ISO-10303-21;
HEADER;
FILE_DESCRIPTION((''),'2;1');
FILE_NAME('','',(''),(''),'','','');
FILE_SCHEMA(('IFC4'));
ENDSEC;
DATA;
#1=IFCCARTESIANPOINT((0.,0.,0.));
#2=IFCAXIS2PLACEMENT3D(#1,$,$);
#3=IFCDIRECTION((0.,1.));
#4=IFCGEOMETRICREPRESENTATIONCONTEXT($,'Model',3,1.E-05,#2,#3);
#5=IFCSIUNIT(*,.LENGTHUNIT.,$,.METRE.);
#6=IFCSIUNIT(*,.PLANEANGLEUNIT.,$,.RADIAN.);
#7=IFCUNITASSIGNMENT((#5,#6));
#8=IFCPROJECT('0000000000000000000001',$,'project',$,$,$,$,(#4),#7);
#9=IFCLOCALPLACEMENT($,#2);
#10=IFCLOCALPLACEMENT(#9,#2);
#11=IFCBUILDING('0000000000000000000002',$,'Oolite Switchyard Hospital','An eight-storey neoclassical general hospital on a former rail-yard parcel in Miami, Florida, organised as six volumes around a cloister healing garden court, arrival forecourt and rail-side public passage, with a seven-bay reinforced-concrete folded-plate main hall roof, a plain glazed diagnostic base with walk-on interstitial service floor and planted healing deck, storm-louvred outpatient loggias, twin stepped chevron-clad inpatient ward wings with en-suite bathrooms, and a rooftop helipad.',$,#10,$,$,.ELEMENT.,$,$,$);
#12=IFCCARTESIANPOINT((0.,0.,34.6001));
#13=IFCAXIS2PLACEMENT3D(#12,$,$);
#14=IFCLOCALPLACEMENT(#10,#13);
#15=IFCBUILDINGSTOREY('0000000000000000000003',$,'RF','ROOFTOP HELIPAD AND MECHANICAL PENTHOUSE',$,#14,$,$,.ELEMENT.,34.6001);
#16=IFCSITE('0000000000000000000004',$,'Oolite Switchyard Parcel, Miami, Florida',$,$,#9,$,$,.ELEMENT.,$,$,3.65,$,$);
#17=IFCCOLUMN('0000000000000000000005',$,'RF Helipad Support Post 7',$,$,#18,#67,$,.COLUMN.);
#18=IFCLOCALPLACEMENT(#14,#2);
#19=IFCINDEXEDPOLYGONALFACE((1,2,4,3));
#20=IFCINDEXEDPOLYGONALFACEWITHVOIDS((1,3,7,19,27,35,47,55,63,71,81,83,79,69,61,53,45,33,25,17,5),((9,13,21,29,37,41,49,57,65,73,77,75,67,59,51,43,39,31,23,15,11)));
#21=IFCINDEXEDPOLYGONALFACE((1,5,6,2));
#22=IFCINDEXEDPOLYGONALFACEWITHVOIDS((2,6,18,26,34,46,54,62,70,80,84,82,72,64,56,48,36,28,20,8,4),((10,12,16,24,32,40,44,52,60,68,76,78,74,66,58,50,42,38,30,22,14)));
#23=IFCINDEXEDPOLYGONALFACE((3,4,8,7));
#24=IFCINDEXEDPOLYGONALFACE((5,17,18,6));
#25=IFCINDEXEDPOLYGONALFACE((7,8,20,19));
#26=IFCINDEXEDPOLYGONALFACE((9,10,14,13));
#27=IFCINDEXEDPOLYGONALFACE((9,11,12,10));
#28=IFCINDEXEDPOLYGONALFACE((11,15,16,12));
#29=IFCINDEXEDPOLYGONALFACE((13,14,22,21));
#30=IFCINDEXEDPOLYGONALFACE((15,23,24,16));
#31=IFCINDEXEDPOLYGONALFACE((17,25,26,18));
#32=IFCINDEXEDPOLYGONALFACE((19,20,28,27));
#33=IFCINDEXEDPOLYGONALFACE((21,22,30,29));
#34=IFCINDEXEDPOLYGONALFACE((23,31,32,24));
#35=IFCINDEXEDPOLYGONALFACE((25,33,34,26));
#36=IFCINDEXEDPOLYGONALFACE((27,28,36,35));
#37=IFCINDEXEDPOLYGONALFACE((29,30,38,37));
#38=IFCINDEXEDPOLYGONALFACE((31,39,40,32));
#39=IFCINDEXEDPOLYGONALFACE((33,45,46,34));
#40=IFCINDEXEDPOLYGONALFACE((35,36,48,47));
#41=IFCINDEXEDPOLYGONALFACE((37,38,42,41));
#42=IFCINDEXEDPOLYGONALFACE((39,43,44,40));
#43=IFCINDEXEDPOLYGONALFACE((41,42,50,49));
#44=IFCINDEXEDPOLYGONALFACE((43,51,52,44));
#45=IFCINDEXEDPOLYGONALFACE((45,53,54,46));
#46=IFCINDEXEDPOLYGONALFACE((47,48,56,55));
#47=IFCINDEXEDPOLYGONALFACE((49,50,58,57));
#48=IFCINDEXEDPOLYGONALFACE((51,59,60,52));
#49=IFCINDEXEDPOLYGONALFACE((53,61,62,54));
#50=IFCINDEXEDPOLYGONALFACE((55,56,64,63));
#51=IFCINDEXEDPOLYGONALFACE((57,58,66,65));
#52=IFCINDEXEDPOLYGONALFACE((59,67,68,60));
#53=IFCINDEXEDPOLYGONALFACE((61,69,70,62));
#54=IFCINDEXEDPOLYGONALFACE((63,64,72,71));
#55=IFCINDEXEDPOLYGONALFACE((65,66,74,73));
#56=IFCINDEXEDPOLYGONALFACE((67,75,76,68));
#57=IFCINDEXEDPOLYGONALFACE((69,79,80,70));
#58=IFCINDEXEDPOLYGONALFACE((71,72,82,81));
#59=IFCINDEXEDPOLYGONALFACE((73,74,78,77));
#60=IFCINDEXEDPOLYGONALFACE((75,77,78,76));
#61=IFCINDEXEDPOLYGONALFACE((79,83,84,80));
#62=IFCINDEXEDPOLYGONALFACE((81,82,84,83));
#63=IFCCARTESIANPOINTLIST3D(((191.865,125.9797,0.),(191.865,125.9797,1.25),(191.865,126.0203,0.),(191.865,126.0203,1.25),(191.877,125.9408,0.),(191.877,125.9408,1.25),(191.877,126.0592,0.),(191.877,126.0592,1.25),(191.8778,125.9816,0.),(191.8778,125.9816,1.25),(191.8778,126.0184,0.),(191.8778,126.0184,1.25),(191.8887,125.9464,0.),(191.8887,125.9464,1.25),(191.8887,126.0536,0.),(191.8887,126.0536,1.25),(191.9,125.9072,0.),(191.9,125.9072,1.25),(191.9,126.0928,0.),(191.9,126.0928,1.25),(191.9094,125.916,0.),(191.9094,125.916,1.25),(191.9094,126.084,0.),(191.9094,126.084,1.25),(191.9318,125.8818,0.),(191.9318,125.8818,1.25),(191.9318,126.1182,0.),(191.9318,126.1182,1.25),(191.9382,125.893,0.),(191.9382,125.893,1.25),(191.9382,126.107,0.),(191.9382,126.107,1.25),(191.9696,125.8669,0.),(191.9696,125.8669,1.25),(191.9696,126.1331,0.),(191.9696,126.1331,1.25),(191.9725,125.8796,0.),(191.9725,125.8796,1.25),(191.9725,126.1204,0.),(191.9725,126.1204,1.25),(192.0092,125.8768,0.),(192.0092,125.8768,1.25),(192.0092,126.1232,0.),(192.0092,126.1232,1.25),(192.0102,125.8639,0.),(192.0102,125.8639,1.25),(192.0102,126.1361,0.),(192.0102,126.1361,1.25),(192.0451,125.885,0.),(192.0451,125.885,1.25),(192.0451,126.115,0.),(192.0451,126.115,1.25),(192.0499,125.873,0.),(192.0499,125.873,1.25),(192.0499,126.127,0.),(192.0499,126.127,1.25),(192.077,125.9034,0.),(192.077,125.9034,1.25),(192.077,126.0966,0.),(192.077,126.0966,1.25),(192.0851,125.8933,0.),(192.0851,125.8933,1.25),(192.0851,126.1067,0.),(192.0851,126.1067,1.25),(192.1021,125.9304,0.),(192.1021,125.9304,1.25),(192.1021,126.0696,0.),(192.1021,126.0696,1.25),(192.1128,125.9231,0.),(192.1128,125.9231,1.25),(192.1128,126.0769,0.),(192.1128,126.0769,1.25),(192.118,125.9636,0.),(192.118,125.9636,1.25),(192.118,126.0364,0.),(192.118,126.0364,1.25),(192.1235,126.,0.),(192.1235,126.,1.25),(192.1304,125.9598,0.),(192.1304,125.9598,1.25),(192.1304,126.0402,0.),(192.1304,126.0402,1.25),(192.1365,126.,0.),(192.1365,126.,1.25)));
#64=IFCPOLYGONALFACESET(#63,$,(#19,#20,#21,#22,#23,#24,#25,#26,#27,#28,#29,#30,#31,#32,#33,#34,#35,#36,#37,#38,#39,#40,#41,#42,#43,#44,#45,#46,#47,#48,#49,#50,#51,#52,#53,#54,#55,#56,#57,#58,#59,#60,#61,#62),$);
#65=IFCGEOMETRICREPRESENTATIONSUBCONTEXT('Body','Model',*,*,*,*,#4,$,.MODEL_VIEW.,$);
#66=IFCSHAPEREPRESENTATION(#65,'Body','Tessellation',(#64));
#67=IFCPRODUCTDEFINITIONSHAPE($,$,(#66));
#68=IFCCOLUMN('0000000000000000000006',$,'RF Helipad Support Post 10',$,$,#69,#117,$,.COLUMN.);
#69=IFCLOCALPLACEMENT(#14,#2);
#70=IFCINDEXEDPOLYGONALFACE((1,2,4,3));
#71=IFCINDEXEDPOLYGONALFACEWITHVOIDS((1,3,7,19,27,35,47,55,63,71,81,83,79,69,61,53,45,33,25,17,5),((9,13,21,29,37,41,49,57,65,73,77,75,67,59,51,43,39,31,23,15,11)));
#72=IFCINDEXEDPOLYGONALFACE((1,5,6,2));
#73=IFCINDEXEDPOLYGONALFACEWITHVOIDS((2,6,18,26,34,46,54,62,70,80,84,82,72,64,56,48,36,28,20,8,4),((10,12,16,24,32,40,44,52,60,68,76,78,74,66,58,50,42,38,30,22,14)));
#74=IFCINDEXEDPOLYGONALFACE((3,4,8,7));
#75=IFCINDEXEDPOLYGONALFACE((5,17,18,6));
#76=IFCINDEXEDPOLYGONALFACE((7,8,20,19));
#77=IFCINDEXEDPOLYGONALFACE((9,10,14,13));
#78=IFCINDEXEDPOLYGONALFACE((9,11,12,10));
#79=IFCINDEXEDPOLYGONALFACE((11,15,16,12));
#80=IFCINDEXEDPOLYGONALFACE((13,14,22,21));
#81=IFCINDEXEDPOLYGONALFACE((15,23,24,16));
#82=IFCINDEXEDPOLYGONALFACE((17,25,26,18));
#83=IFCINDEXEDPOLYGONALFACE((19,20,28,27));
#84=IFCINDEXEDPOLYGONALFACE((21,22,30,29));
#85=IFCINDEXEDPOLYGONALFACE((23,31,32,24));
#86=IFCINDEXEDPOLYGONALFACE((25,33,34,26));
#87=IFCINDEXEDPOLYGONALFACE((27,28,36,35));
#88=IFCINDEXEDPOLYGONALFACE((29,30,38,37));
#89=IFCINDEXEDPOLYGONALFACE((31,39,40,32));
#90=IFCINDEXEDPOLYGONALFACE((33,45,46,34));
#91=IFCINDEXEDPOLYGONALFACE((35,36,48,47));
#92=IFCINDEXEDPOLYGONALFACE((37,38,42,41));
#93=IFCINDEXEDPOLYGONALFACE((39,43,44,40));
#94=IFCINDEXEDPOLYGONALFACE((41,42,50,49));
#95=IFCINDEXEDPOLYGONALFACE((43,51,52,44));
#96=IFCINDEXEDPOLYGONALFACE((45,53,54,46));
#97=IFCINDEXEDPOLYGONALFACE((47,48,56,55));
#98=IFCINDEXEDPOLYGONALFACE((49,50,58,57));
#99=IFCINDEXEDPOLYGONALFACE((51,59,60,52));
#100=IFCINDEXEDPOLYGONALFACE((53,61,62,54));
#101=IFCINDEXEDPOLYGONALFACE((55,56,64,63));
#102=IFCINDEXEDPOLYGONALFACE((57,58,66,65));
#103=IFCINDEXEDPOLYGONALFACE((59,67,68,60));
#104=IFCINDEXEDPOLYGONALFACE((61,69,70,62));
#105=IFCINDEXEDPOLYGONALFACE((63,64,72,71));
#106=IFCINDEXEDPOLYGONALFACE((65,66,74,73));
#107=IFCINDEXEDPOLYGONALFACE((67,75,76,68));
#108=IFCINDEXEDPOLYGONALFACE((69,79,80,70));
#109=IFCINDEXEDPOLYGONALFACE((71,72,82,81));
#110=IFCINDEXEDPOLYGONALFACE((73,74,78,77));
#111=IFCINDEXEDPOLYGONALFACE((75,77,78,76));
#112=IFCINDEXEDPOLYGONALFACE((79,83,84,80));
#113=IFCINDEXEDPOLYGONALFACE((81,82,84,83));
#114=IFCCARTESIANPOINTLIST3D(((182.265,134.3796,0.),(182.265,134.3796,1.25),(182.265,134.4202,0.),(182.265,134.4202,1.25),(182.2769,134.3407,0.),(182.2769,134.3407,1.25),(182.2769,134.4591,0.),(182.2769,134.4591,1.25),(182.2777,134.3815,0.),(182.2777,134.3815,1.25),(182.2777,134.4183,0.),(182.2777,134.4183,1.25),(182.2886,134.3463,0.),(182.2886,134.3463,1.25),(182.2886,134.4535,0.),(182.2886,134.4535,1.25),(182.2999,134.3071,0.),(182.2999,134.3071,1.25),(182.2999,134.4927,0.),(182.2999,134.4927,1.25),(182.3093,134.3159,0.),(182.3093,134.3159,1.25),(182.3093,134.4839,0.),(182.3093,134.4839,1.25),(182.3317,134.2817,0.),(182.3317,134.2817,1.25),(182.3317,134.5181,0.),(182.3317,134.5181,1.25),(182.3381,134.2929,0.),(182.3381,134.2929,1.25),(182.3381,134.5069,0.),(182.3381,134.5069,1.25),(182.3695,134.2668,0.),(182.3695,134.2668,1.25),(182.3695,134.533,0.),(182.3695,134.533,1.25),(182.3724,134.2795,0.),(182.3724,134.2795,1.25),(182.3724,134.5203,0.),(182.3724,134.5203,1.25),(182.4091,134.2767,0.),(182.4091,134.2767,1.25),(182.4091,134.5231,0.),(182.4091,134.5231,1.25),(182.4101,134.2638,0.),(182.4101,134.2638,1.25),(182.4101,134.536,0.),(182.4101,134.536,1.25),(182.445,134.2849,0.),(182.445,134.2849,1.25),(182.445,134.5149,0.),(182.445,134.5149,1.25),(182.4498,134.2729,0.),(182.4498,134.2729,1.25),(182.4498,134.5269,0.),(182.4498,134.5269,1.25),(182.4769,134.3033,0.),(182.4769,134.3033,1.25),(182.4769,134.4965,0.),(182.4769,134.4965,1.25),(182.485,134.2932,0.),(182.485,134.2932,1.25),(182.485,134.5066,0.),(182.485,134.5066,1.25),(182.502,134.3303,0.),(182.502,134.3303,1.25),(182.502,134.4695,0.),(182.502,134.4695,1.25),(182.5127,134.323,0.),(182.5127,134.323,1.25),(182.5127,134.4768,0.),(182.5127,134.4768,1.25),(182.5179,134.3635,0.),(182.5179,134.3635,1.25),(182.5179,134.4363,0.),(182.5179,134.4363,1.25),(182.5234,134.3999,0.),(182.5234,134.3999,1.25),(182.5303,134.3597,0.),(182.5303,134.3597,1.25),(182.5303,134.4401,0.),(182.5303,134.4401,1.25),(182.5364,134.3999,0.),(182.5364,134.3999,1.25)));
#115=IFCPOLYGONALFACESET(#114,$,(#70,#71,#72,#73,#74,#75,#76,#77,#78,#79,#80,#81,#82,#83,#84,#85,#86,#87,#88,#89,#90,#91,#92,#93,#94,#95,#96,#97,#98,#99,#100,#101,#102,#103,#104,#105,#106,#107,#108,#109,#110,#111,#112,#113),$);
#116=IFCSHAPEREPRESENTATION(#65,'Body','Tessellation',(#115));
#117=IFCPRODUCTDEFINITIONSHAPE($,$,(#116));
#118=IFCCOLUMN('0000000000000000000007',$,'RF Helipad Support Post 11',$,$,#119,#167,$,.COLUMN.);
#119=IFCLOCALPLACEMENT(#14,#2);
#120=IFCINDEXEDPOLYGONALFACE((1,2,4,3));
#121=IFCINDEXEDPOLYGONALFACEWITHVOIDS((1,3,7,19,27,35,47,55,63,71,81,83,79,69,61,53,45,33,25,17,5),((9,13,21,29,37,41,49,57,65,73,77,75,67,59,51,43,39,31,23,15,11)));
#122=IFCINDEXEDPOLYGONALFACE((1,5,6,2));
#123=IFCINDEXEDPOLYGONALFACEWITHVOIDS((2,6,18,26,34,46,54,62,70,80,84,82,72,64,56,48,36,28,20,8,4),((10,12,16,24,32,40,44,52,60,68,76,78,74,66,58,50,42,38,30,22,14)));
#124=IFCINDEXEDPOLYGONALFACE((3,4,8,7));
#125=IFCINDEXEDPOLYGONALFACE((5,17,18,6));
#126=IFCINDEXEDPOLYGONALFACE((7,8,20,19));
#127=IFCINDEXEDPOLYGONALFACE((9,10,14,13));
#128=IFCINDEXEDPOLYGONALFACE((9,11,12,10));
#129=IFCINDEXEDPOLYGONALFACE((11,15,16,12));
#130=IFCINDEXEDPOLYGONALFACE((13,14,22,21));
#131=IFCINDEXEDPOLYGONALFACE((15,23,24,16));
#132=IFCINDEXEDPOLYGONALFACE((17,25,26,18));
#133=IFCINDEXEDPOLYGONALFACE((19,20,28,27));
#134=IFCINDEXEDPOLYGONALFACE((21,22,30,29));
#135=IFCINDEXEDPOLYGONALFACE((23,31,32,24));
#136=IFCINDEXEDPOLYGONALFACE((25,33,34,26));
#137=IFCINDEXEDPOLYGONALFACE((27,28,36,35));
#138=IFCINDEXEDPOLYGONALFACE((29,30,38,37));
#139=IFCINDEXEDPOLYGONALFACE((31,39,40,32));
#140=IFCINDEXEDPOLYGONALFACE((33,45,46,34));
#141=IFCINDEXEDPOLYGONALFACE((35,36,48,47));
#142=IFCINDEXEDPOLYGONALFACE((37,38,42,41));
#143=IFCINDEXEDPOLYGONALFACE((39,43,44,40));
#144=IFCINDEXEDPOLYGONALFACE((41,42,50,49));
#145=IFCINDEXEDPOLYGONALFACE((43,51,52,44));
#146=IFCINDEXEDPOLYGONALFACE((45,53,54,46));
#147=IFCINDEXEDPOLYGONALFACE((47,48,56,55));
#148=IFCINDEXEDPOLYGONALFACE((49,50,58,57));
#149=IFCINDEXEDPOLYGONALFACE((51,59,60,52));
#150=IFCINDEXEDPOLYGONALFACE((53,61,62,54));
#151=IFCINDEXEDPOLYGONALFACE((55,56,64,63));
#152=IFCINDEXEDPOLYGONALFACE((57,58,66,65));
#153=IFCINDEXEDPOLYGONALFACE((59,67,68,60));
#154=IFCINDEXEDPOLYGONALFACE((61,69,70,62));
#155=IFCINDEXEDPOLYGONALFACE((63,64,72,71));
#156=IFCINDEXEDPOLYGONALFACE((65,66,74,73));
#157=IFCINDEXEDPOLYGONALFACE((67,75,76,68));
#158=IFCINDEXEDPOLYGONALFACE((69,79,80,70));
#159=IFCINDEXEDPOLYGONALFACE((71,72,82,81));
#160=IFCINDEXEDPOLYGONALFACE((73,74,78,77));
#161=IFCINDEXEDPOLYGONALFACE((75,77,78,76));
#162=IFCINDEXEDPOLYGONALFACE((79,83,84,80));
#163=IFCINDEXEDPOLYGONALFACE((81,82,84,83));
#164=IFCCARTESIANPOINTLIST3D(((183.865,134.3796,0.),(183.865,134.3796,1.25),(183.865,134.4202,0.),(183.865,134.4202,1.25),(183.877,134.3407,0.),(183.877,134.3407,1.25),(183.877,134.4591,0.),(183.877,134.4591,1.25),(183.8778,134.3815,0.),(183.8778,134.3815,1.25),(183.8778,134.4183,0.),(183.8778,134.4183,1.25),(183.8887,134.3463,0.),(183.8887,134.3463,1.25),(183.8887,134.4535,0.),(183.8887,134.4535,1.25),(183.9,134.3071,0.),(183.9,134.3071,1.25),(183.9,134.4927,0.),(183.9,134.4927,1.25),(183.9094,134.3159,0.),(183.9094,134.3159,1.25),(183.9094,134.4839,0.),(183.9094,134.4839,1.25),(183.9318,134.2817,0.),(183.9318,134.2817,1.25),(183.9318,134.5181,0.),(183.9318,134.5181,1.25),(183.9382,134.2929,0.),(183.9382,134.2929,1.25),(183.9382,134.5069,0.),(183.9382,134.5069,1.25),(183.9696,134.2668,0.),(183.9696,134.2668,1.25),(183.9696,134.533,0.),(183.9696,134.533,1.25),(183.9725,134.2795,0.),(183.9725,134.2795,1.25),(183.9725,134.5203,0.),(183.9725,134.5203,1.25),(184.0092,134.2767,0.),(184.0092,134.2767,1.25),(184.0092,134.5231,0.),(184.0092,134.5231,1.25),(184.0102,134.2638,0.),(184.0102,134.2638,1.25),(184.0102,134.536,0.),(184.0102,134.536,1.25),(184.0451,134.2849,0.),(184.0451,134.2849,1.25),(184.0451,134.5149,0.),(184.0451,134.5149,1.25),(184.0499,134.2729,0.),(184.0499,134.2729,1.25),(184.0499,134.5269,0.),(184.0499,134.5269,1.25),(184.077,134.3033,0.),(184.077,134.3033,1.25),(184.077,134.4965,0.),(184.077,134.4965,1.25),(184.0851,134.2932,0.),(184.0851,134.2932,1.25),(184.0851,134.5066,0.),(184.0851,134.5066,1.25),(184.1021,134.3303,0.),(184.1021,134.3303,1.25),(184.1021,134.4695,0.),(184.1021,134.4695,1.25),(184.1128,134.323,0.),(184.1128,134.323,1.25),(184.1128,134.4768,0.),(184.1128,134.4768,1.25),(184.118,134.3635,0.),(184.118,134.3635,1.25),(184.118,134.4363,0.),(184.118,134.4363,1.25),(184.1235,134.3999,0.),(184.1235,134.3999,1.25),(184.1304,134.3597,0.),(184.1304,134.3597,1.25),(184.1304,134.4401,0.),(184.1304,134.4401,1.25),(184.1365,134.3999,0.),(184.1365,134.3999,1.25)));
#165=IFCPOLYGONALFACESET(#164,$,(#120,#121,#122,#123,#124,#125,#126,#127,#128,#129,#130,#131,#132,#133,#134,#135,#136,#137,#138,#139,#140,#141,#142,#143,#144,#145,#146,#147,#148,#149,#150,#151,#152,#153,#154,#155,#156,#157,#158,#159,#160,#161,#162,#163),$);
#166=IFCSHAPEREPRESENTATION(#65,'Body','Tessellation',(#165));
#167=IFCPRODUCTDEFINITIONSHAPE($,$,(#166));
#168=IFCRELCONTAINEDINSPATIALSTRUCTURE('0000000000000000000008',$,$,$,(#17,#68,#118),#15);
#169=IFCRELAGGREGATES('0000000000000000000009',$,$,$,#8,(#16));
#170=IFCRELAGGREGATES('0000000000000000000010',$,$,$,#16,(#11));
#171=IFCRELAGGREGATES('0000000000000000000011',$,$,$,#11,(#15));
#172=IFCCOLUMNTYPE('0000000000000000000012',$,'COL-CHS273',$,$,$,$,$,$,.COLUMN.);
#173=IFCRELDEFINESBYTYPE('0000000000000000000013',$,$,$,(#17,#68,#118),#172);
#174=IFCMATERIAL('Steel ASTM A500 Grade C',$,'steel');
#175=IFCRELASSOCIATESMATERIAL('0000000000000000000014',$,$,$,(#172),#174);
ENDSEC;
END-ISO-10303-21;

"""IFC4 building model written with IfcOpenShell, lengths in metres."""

from ifc_helpers import new_model, si_unit, direction, frame, origin, origin_2d, place, context, subcontext, project, spatial, hollow_circle, extrude, material, material_profile, profile_set, type_object, element, save


model = new_model("IFC4")

# Units and contexts
model_context = context("Model", 3, precision=1e-05, world=origin(), true_north=direction((0.0, 1.0)))
body_context = subcontext(model_context, "Body", "Model", "MODEL_VIEW")
ifc_project = project(units=[si_unit("LENGTHUNIT", "METRE"), si_unit("PLANEANGLEUNIT", "RADIAN")], contexts=[model_context])

# Site, building, storey
site_placement = place(None, origin())
site = spatial("IfcSite", under=ifc_project, at=site_placement, Name="Oolite Switchyard Parcel, Miami, Florida", CompositionType="ELEMENT", RefElevation=3.65)
building_placement = place(site_placement, origin())
building = spatial("IfcBuilding", under=site, at=building_placement, Name="Oolite Switchyard Hospital", Description="An eight-storey neoclassical general hospital on a former rail-yard parcel in Miami, Florida, organised as six volumes around a cloister healing garden court, arrival forecourt and rail-side public passage, with a seven-bay reinforced-concrete folded-plate main hall roof, a plain glazed diagnostic base with walk-on interstitial service floor and planted healing deck, storm-louvred outpatient loggias, twin stepped chevron-clad inpatient ward wings with en-suite bathrooms, and a rooftop helipad.", CompositionType="ELEMENT")
storey_placement = place(building_placement, frame((0.0, 0.0, 34.6001)))
storey = spatial("IfcBuildingStorey", under=building, at=storey_placement, Name="RF", Description="ROOFTOP HELIPAD AND MECHANICAL PENTHOUSE", CompositionType="ELEMENT", Elevation=34.6001)

# Columns
ifc_material_1 = material(Name="Steel ASTM A500 Grade C", Category="steel")
ifc_material_profile_1 = material_profile(ifc_material_1, hollow_circle(Radius=0.1365, WallThickness=0.0129, at=origin_2d()), Name="HSS273X13")
ifc_profile_set_1 = profile_set([ifc_material_profile_1], Name="Steel ASTM A500 Grade C")
column_type = type_object("IfcColumnType", Name="COL-CHS273", PredefinedType="COLUMN", material=ifc_profile_set_1)
for number, where, z_axis, x_axis, name in (
    (1, (192.0, 126.0, 0.0), (0.0, 0.0, 1.0), (1.0, 0.0, 0.0), "RF Helipad Support Post 7"),
    (2, (182.3999, 134.3999, 0.0), (0.0, 0.0, 1.0), (1.0, 0.0, 0.0), "RF Helipad Support Post 10"),
    (3, (184.0, 134.3999, 0.0), (0.0, 0.0, 1.0), (1.0, 0.0, 0.0), "RF Helipad Support Post 11"),
):
    element("IfcColumn", number, at=place(storey_placement, frame(where, z_axis=z_axis, x_axis=x_axis)), inside=storey, type_object=column_type, Name=name, PredefinedType="COLUMN", context=body_context, shape_type="SweptSolid", body=[
        extrude(hollow_circle(Radius=0.1365, WallThickness=0.0129, at=origin_2d()), origin(), (0.0, 0.0, 1.0), 1.25),
    ])

save(model, "model.ifc")
